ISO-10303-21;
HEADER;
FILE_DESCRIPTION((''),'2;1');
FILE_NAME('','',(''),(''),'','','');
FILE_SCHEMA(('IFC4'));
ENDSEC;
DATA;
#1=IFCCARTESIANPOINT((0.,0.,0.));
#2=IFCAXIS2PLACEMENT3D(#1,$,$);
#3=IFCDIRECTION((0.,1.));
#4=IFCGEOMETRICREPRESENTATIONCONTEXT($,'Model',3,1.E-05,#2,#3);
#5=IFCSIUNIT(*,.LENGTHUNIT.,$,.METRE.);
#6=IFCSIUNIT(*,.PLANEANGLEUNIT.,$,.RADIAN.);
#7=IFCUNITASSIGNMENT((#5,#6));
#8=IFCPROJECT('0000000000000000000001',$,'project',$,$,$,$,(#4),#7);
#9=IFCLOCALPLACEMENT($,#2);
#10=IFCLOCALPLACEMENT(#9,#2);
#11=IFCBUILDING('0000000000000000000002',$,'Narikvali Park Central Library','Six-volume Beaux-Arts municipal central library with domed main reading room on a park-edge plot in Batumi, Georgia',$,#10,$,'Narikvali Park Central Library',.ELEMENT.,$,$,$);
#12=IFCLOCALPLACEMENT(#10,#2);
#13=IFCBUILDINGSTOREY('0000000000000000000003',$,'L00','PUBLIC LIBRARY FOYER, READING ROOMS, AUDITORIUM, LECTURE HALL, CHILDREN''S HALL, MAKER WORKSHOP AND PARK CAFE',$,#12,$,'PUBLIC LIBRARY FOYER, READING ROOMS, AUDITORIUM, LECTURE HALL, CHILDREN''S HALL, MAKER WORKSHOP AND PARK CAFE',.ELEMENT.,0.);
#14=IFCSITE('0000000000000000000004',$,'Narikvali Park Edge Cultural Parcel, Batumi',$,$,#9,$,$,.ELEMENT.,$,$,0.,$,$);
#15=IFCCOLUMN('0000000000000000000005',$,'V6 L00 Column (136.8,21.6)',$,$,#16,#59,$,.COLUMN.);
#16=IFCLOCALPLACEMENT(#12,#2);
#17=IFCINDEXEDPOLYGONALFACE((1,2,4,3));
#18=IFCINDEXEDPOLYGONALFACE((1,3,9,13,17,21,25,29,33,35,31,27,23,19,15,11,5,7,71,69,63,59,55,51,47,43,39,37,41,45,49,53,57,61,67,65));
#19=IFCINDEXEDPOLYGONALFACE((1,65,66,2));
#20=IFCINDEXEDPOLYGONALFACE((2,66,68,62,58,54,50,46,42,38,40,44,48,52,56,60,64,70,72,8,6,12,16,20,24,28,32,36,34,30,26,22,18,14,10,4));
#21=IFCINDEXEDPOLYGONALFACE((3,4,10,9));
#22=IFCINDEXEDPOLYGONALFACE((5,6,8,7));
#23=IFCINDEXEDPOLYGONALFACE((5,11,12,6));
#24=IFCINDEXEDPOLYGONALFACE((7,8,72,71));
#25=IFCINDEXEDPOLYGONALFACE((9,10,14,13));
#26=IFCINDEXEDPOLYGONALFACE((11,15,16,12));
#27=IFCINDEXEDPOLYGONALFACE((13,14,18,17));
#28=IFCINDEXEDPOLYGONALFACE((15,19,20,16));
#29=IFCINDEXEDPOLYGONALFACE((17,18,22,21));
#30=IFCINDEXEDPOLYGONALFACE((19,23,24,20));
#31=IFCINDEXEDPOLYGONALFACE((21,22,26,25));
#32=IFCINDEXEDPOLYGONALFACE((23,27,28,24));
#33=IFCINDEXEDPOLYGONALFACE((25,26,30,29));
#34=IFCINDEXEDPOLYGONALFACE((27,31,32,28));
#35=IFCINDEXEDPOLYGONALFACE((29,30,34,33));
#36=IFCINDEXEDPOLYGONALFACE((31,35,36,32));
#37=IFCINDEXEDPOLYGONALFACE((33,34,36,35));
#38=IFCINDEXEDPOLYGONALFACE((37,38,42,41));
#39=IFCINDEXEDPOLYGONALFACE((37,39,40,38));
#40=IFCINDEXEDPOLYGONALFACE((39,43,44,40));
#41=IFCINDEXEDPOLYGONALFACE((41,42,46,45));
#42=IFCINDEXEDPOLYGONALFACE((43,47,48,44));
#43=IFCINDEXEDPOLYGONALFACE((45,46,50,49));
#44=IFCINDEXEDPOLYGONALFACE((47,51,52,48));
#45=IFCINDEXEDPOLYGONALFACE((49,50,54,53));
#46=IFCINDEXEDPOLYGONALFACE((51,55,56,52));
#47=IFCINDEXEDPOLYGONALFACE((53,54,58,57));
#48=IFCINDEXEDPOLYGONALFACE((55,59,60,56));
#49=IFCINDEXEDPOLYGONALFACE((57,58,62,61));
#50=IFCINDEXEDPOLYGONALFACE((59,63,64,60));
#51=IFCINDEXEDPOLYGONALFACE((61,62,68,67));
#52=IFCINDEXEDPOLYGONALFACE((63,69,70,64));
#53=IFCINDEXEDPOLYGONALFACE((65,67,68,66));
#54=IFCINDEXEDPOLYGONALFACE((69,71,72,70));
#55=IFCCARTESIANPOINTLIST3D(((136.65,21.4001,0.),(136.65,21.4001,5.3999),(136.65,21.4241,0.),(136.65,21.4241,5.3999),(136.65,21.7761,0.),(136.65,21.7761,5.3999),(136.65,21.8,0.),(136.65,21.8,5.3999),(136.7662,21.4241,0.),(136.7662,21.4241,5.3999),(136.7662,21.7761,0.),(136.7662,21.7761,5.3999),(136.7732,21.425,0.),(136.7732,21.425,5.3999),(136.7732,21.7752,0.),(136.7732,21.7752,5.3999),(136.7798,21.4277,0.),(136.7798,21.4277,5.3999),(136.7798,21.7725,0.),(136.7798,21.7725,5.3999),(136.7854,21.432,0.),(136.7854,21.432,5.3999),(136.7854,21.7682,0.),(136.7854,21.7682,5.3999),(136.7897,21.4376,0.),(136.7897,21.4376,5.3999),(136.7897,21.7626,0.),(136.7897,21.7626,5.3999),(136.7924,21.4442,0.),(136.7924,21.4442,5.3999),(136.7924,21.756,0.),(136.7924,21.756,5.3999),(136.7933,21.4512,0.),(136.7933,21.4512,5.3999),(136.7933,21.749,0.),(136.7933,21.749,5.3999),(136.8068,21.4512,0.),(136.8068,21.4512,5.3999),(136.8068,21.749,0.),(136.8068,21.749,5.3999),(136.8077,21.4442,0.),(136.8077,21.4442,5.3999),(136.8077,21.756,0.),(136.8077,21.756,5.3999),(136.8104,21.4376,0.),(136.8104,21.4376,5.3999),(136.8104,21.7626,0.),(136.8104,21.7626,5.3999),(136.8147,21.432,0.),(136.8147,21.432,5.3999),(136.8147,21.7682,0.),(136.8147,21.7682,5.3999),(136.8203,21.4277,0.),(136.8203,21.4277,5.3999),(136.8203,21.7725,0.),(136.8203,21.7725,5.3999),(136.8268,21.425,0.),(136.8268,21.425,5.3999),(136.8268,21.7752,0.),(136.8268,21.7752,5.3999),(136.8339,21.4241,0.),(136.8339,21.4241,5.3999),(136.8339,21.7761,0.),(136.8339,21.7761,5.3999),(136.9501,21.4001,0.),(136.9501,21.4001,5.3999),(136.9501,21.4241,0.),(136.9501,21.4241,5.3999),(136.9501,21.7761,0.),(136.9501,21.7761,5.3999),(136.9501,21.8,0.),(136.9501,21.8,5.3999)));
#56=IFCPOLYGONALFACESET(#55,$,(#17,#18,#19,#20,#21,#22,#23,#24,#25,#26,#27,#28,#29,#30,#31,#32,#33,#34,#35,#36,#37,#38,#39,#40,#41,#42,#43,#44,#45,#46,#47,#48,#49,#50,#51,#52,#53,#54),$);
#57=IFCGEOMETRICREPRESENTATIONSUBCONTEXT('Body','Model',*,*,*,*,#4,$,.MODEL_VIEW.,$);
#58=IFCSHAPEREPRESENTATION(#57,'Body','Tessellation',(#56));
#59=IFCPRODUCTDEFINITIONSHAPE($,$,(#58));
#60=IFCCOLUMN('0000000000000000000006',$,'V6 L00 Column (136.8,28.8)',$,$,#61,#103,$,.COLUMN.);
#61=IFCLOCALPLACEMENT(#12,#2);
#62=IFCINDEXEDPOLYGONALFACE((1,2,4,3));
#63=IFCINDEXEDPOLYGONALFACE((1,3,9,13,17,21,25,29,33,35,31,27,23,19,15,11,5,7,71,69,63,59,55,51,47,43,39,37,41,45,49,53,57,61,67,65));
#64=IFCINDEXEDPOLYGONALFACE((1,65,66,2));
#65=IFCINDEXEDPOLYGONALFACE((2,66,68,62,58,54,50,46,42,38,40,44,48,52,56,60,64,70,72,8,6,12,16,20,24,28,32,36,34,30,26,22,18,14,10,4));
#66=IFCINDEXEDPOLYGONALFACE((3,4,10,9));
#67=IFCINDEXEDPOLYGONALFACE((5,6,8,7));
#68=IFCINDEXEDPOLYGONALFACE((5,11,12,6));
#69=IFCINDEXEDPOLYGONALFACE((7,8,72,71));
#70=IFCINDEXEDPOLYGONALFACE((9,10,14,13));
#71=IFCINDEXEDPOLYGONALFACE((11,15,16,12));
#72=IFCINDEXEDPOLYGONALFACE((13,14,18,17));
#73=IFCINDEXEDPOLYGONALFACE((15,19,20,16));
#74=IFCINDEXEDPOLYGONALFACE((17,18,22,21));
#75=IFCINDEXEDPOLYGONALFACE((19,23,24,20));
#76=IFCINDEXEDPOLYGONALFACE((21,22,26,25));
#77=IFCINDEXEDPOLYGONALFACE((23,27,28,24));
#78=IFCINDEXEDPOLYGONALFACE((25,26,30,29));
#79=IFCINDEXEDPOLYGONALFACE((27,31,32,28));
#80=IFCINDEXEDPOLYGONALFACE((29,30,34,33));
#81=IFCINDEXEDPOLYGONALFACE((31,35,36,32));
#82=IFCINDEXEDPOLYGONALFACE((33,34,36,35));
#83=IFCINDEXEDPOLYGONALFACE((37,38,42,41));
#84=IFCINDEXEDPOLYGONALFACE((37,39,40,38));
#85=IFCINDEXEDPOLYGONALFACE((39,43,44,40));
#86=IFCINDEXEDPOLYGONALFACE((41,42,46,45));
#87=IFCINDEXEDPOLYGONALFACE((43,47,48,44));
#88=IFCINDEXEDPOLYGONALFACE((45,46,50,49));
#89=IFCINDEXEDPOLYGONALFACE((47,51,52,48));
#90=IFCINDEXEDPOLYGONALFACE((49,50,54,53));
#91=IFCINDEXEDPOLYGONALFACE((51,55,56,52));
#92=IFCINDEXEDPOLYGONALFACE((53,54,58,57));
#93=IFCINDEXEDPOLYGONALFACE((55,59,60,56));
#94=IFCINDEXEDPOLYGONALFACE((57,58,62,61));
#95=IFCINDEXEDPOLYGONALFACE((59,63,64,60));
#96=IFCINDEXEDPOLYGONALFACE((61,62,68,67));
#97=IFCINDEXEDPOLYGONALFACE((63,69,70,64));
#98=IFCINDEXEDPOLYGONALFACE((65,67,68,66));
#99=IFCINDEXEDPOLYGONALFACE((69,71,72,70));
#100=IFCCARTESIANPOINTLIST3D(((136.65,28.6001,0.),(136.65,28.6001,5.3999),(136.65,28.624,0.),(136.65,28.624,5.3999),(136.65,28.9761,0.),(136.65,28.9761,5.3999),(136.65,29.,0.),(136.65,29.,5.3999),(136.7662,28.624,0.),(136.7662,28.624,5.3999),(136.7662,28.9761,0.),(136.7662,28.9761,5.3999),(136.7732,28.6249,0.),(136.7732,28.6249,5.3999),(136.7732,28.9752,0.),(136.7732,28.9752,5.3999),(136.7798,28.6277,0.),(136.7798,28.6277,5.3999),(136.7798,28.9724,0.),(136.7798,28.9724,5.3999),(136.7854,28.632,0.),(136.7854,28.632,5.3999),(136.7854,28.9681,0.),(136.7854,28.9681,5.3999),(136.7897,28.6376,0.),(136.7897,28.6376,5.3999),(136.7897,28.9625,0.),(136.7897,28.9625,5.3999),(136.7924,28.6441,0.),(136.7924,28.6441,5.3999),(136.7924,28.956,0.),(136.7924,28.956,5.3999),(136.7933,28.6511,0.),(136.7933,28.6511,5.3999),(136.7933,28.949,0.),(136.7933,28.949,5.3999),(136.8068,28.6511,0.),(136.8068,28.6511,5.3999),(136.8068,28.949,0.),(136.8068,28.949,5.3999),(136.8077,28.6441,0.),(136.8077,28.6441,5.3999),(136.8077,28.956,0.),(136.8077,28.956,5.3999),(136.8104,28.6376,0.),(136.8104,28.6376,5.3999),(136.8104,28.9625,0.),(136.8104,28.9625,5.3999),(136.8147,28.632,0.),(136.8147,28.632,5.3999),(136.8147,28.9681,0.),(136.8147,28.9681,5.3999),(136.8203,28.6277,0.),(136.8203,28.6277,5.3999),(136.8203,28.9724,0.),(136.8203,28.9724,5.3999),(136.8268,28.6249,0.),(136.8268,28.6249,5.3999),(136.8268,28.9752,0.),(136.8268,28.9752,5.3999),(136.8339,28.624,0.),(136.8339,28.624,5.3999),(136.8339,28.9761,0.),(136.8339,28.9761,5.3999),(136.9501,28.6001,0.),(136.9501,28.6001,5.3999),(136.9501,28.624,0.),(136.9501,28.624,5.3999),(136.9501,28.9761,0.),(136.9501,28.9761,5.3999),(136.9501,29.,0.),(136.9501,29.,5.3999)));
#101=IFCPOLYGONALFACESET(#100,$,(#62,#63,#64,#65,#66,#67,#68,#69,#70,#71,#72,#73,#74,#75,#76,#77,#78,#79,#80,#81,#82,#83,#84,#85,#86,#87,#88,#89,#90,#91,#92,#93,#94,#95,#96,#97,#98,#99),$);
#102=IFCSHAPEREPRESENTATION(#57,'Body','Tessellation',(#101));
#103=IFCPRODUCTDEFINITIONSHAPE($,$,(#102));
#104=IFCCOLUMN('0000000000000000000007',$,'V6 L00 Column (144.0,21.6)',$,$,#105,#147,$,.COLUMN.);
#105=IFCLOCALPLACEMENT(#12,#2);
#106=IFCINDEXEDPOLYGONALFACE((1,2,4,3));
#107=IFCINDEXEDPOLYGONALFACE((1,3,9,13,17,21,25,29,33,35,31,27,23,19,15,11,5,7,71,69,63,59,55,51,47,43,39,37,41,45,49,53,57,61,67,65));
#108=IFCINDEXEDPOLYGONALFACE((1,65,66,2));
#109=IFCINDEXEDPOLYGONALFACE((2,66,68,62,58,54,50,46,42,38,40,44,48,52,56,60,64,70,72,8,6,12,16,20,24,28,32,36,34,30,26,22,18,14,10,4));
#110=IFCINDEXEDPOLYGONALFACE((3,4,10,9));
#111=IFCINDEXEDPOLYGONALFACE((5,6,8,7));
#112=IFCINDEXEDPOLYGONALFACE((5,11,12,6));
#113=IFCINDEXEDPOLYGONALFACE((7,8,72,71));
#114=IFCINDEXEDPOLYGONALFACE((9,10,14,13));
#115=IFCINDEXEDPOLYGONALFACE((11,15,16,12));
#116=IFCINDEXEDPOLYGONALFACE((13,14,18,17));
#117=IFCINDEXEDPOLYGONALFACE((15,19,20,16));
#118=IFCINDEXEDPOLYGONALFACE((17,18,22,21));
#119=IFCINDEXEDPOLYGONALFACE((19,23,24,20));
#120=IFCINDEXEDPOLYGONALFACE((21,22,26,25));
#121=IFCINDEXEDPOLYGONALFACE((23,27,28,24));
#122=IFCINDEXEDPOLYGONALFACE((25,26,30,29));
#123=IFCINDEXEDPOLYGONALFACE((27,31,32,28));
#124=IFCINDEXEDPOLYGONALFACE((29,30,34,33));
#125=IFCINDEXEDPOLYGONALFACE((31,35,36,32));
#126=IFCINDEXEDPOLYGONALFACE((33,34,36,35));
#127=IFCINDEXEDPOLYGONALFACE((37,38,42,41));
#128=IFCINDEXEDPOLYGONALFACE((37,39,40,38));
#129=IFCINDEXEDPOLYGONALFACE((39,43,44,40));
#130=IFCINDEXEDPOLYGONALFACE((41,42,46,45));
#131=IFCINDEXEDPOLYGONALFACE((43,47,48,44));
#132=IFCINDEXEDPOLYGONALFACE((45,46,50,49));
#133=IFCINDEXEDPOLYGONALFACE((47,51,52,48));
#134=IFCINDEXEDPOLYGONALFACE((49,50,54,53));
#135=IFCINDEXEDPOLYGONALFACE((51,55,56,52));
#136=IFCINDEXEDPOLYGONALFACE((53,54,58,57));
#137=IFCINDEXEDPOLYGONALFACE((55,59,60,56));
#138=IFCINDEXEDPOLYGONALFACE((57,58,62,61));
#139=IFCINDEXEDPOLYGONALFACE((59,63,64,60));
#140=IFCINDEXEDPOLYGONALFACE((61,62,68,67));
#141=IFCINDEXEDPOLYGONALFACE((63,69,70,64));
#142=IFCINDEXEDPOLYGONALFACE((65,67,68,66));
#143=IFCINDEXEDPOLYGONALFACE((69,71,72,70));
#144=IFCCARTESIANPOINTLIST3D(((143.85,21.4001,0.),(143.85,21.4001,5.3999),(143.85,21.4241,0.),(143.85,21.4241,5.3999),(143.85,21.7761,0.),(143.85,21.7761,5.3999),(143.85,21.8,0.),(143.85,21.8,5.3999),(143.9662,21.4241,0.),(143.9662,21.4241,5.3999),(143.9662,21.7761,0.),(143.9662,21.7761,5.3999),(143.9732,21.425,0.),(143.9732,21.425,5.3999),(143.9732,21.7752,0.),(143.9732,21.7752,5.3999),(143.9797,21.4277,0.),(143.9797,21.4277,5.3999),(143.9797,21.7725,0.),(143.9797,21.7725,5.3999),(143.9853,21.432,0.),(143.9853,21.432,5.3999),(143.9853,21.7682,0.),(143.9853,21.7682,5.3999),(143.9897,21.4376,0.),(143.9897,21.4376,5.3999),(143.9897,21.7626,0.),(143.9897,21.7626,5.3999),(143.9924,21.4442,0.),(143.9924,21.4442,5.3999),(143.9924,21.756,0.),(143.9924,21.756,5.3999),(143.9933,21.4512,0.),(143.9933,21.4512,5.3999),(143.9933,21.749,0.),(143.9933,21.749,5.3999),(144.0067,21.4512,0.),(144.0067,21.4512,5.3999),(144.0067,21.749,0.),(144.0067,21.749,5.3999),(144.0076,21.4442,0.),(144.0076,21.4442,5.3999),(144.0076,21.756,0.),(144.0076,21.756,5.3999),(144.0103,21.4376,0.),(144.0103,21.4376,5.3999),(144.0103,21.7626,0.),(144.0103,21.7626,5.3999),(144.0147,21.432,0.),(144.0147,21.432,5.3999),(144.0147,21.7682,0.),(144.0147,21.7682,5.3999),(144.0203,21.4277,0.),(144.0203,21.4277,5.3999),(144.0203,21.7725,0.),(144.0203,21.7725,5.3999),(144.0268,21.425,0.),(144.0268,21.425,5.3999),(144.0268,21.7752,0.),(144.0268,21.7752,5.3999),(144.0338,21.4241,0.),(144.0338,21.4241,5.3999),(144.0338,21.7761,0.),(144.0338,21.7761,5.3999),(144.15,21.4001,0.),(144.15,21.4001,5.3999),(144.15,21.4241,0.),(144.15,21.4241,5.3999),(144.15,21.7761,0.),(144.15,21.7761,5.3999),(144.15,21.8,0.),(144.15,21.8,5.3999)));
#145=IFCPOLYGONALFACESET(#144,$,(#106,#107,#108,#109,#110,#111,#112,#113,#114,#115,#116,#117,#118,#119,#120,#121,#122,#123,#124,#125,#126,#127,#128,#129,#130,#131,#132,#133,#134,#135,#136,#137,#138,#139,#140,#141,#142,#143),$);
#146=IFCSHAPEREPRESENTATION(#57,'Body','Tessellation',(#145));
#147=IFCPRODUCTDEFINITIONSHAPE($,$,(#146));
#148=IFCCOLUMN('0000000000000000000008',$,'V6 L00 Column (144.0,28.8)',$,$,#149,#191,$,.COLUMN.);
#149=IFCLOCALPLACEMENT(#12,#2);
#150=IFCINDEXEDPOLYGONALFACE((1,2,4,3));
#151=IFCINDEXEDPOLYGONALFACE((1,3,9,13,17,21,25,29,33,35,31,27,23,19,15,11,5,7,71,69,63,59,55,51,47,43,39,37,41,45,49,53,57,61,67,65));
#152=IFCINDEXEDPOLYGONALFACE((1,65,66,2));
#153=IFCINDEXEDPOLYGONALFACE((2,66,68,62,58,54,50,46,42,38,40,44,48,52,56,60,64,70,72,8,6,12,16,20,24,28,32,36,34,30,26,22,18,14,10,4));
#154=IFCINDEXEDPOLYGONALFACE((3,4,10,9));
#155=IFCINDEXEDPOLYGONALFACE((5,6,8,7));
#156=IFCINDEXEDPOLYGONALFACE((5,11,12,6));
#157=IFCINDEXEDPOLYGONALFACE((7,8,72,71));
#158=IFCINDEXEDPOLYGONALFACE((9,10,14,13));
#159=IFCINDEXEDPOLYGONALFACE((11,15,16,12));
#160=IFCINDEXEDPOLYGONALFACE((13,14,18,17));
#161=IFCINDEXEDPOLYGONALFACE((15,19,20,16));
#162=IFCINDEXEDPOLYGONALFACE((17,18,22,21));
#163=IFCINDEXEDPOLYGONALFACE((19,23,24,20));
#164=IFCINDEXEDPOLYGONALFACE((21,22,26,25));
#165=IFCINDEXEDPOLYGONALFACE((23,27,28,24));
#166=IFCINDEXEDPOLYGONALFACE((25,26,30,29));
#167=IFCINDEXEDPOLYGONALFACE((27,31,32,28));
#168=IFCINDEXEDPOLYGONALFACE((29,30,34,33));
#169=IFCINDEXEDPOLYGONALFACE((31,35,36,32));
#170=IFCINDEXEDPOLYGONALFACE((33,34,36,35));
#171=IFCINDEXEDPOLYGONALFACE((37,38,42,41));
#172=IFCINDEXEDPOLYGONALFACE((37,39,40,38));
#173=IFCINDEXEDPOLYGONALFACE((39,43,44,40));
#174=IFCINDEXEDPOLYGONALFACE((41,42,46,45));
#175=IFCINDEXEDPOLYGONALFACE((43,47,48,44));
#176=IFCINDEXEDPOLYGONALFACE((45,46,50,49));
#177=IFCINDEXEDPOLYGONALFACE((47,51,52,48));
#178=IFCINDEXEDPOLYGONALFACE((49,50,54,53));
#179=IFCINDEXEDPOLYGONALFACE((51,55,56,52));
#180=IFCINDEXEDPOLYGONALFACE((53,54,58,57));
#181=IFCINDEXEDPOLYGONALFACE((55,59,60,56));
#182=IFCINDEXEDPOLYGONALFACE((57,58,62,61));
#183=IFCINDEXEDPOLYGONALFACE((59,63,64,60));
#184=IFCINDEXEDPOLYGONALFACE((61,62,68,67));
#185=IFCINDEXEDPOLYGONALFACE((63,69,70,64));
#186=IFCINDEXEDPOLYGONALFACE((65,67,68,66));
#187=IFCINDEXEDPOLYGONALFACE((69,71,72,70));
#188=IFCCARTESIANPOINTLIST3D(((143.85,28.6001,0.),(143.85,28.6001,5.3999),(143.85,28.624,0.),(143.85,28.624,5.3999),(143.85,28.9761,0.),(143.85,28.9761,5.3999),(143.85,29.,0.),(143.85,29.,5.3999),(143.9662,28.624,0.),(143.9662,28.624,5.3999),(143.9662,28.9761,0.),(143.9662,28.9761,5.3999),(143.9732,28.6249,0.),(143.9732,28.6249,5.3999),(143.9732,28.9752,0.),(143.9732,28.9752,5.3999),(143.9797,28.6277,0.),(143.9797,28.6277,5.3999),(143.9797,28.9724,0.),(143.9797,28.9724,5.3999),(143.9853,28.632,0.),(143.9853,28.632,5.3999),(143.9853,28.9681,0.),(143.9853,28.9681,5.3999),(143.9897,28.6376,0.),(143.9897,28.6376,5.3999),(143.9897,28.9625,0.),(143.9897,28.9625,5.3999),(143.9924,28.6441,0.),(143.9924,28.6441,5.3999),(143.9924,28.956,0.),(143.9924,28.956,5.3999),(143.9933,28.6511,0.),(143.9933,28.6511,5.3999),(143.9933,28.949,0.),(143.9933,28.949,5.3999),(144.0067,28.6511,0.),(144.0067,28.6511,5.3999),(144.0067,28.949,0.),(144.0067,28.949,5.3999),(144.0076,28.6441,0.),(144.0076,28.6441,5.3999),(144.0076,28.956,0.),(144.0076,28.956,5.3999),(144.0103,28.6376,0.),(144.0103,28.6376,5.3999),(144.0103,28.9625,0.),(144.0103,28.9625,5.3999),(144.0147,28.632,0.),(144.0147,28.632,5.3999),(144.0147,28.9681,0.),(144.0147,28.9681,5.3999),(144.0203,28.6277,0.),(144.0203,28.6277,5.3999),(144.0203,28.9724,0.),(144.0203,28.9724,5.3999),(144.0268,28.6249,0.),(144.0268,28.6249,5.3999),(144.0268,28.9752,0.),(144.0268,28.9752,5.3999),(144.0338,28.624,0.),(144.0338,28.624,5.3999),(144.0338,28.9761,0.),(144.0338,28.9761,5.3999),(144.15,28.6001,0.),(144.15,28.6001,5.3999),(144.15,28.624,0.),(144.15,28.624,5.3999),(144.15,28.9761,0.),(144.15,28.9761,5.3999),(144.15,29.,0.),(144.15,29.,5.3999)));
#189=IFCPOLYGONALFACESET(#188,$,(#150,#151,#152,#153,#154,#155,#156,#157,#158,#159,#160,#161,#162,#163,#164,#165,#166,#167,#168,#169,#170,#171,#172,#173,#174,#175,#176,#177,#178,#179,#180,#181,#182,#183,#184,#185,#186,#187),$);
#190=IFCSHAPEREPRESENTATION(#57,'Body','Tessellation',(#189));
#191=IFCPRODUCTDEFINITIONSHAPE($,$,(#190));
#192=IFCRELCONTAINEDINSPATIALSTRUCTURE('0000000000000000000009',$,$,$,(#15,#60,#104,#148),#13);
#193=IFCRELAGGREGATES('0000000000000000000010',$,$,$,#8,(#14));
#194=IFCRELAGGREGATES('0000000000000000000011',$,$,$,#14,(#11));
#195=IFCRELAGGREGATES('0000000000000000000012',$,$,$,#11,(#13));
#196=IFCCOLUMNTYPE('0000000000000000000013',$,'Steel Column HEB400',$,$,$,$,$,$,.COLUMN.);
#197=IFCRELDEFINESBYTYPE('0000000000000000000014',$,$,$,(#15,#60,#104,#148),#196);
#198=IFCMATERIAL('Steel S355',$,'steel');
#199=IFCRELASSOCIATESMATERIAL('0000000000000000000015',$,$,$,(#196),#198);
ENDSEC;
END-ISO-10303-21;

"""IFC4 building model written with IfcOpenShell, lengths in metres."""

from ifc_helpers import new_model, si_unit, direction, frame, origin, origin_2d, place, context, subcontext, project, spatial, i_section, extrude, material, material_profile, profile_set, type_object, element, save


model = new_model("IFC4")

# Units and contexts
model_context = context("Model", 3, precision=1e-05, world=origin(), true_north=direction((0.0, 1.0)))
body_context = subcontext(model_context, "Body", "Model", "MODEL_VIEW")
ifc_project = project(units=[si_unit("LENGTHUNIT", "METRE"), si_unit("PLANEANGLEUNIT", "RADIAN")], contexts=[model_context])

# Site, building, storey
site_placement = place(None, origin())
site = spatial("IfcSite", under=ifc_project, at=site_placement, Name="Narikvali Park Edge Cultural Parcel, Batumi", CompositionType="ELEMENT", RefElevation=0.0)
building_placement = place(site_placement, origin())
building = spatial("IfcBuilding", under=site, at=building_placement, Name="Narikvali Park Central Library", Description="Six-volume Beaux-Arts municipal central library with domed main reading room on a park-edge plot in Batumi, Georgia", LongName="Narikvali Park Central Library", CompositionType="ELEMENT")
storey_placement = place(building_placement, origin())
storey = spatial("IfcBuildingStorey", under=building, at=storey_placement, Name="L00", Description="PUBLIC LIBRARY FOYER, READING ROOMS, AUDITORIUM, LECTURE HALL, CHILDREN'S HALL, MAKER WORKSHOP AND PARK CAFE", LongName="PUBLIC LIBRARY FOYER, READING ROOMS, AUDITORIUM, LECTURE HALL, CHILDREN'S HALL, MAKER WORKSHOP AND PARK CAFE", CompositionType="ELEMENT", Elevation=0.0)

# Columns
ifc_material_1 = material(Name="Steel S355", Category="steel")
ifc_material_profile_1 = material_profile(ifc_material_1, i_section(OverallWidth=0.3, OverallDepth=0.3999, WebThickness=0.0134, FlangeThickness=0.0239, FilletRadius=0.0271, at=origin_2d()), Name="HEB 400")
ifc_profile_set_1 = profile_set([ifc_material_profile_1], Name="Steel S355")
column_type = type_object("IfcColumnType", Name="Steel Column HEB400", PredefinedType="COLUMN", material=ifc_profile_set_1)
for number, where, z_axis, x_axis, name in (
    (1, (136.8, 21.6001, 0.0), (0.0, 0.0, 1.0), (1.0, 0.0, 0.0), "V6 L00 Column (136.8,21.6)"),
    (2, (136.8, 28.8, 0.0), (0.0, 0.0, 1.0), (1.0, 0.0, 0.0), "V6 L00 Column (136.8,28.8)"),
    (3, (144.0, 21.6001, 0.0), (0.0, 0.0, 1.0), (1.0, 0.0, 0.0), "V6 L00 Column (144.0,21.6)"),
    (4, (144.0, 28.8, 0.0), (0.0, 0.0, 1.0), (1.0, 0.0, 0.0), "V6 L00 Column (144.0,28.8)"),
):
    element("IfcColumn", number, at=place(storey_placement, frame(where, z_axis=z_axis, x_axis=x_axis)), inside=storey, type_object=column_type, Name=name, PredefinedType="COLUMN", context=body_context, shape_type="SweptSolid", body=[
        extrude(i_section(OverallWidth=0.3, OverallDepth=0.3999, WebThickness=0.0134, FlangeThickness=0.0239, FilletRadius=0.0271, at=origin_2d()), origin(), (0.0, 0.0, 1.0), 5.3999),
    ])

save(model, "model.ifc")
